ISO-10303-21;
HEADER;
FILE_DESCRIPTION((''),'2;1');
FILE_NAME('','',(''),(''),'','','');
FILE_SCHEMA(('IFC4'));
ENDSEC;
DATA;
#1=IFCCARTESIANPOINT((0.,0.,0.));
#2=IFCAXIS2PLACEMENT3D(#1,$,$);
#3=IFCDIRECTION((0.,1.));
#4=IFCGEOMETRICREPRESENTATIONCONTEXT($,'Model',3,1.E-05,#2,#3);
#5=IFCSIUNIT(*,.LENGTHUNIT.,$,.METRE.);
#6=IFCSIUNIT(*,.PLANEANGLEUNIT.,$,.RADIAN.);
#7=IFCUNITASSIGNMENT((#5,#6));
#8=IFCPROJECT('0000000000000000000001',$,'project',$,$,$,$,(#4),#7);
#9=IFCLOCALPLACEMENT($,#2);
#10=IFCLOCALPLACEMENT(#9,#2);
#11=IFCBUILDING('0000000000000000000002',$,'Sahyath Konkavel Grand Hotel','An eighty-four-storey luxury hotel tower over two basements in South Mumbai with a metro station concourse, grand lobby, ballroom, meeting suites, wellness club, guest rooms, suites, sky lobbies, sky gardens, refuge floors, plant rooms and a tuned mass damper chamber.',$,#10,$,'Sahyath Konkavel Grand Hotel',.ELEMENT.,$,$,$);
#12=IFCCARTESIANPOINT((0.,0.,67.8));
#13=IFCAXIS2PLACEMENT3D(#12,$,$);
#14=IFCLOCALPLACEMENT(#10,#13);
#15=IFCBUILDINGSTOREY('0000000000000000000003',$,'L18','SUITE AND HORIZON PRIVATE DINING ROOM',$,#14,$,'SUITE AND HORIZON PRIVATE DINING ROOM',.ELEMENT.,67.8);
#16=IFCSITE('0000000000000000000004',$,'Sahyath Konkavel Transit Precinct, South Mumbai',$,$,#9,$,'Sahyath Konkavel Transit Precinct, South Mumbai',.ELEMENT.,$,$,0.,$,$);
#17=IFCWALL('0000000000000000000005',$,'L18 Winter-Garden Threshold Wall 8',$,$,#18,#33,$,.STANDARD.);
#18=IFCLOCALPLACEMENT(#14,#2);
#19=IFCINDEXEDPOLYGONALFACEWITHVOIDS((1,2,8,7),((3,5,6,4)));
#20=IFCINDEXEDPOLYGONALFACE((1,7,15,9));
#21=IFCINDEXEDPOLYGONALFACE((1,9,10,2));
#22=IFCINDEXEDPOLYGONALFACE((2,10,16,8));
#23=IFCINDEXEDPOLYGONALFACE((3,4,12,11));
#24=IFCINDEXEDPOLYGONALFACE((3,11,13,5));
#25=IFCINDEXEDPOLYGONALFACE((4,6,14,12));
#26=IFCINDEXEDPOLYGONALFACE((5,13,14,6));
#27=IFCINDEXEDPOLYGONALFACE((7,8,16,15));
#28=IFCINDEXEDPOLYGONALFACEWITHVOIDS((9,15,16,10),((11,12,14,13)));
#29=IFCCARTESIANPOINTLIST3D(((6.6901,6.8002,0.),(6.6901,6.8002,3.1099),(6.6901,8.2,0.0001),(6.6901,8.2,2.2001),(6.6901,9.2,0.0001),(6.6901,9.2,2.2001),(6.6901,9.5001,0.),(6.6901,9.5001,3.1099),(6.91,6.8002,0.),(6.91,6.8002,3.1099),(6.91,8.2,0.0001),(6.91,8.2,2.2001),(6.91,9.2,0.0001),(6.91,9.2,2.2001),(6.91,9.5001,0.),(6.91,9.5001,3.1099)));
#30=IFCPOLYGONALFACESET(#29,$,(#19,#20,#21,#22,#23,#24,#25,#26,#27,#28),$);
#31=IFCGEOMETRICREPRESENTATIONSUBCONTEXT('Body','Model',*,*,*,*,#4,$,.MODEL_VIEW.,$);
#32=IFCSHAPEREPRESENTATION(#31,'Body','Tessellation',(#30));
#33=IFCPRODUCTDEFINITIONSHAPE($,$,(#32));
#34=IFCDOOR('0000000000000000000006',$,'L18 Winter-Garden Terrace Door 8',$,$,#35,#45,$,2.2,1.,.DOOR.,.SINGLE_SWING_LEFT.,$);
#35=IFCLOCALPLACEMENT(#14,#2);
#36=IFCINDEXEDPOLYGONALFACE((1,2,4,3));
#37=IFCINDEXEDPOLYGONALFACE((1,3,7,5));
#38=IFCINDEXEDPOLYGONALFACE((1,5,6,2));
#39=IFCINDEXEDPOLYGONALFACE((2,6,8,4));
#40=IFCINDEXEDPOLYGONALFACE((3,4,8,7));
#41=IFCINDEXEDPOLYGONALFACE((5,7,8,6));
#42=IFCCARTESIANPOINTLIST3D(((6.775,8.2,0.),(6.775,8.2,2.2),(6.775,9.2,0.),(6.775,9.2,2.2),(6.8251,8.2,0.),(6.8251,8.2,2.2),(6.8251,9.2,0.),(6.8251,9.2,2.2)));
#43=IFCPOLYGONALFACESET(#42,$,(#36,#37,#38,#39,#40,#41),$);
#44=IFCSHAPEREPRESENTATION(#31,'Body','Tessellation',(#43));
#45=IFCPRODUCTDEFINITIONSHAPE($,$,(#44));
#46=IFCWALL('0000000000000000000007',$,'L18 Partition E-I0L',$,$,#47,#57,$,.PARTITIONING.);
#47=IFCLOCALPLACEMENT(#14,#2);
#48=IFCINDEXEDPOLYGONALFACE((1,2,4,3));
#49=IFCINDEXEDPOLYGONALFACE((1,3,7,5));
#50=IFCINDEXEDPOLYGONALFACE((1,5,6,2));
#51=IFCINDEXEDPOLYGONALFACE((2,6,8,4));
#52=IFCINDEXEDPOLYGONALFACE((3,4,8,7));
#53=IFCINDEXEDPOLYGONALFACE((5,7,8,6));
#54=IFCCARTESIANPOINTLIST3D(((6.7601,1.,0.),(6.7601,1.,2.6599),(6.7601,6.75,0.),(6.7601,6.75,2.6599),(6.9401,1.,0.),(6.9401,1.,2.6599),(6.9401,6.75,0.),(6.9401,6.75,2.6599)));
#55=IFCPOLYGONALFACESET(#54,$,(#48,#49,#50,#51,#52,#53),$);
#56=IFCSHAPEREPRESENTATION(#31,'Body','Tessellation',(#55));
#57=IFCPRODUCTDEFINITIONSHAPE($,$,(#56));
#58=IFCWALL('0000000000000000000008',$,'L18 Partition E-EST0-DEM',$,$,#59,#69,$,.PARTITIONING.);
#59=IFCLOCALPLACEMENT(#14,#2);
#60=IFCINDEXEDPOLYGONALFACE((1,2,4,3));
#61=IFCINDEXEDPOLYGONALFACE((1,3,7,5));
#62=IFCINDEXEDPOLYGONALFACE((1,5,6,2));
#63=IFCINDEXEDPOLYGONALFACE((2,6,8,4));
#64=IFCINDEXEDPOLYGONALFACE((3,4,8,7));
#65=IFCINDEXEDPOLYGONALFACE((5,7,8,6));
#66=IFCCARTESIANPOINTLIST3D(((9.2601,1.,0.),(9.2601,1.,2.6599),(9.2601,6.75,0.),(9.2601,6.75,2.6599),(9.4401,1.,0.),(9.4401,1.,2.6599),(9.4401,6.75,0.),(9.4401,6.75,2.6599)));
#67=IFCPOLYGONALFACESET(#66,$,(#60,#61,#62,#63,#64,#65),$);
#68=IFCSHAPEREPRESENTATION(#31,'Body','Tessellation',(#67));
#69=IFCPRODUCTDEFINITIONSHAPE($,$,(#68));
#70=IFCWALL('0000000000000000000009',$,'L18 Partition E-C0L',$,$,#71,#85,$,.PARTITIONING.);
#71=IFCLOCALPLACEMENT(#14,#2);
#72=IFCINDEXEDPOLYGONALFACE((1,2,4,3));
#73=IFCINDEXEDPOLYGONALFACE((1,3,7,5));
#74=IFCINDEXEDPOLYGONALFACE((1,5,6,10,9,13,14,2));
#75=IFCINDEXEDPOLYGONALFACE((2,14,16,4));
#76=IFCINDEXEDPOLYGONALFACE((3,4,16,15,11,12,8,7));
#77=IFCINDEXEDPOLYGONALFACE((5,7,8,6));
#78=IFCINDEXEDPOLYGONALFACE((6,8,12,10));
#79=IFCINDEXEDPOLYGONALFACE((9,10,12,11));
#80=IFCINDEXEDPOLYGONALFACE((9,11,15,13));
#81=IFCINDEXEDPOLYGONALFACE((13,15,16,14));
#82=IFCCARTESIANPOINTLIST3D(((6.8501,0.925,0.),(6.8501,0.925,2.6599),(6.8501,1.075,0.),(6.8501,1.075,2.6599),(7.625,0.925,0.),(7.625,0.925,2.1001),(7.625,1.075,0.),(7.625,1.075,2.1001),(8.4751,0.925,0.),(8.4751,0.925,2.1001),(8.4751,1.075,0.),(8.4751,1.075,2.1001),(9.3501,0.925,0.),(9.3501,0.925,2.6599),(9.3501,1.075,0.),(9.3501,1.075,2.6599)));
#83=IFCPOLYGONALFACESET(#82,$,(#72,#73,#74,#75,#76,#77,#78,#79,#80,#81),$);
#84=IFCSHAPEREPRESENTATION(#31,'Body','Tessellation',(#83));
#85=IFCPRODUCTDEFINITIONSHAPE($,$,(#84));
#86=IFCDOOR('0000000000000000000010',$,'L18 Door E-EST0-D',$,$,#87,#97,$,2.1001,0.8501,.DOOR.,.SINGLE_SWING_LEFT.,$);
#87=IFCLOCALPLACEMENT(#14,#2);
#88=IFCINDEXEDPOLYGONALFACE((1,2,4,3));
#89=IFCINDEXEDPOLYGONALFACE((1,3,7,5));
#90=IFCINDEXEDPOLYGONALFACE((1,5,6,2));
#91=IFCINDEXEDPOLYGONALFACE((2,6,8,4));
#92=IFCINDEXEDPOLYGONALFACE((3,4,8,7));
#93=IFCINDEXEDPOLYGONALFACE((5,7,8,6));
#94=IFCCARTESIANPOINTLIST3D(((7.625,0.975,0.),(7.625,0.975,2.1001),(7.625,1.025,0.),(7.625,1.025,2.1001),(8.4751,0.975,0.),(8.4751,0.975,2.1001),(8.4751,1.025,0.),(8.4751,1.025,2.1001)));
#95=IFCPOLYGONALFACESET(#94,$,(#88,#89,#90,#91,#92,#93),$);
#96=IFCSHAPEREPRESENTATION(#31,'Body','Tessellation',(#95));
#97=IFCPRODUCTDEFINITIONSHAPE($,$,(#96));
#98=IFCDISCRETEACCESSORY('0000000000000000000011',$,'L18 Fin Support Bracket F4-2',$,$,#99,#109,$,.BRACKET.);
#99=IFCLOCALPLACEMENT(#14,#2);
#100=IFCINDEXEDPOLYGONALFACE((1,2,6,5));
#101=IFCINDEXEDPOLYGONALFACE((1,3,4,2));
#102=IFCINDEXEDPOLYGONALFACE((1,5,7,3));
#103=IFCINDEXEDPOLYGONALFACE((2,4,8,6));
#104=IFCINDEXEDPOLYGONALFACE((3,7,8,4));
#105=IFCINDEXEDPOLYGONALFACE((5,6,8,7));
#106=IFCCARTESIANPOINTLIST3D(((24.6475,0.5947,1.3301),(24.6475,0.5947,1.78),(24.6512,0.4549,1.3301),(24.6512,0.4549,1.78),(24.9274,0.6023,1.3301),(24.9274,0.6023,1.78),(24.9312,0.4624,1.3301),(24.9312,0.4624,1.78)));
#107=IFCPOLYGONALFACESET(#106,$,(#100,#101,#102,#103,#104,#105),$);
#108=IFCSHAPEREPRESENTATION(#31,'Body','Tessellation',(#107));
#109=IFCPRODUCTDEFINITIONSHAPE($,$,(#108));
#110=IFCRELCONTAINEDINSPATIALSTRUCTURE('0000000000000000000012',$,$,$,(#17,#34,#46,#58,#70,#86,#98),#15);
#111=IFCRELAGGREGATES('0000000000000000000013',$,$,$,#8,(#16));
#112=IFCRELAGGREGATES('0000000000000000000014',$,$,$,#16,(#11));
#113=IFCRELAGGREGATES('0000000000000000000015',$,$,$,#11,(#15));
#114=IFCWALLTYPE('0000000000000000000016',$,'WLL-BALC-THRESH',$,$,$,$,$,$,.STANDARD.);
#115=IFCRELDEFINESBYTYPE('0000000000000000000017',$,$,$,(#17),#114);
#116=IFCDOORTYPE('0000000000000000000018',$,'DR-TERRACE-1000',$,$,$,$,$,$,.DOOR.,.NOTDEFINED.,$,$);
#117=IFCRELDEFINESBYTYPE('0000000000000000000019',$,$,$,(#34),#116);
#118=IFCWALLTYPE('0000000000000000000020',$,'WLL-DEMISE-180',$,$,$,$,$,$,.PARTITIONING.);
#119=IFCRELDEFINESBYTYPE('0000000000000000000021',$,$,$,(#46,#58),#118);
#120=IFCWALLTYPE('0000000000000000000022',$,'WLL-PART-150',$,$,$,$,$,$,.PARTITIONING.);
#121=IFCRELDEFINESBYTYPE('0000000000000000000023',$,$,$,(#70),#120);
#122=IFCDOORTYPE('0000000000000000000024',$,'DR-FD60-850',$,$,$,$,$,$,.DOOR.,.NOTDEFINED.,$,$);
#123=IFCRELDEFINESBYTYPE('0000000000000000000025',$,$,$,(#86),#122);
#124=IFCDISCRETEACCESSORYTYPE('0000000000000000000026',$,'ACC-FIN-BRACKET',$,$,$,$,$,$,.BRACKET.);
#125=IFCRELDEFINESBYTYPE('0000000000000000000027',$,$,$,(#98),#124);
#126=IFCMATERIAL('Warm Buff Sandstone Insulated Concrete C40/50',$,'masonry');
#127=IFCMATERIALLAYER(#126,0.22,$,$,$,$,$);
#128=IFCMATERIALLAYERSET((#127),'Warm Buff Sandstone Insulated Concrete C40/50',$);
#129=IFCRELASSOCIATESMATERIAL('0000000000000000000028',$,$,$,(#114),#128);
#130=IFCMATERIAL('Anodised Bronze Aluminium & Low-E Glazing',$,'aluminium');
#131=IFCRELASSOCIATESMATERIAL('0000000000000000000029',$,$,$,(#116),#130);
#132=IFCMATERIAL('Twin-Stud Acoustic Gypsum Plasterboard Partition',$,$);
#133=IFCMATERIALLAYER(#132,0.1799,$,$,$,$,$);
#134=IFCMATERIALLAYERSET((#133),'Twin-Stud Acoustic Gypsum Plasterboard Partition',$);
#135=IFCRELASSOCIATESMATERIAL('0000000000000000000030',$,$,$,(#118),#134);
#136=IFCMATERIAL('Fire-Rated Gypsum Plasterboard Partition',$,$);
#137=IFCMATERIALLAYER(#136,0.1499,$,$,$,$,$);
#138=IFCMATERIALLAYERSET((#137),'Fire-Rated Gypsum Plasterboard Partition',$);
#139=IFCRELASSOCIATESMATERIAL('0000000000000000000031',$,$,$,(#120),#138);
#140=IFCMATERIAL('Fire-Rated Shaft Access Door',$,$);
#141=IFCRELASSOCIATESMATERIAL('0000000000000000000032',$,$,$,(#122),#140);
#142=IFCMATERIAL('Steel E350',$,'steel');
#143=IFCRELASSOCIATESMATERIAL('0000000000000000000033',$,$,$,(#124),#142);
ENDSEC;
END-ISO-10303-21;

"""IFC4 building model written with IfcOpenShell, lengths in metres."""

from ifc_helpers import new_model, si_unit, direction, frame, frame_2d, origin, origin_2d, place, context, subcontext, project, spatial, rectangle, extrude, source, transform, mapped, material, layer, layer_set, type_object, element, fill, save


model = new_model("IFC4")

# Units and contexts
model_context = context("Model", 3, precision=1e-05, world=origin(), true_north=direction((0.0, 1.0)))
body_context = subcontext(model_context, "Body", "Model", "MODEL_VIEW")
ifc_project = project(units=[si_unit("LENGTHUNIT", "METRE"), si_unit("PLANEANGLEUNIT", "RADIAN")], contexts=[model_context])

# Site, building, storey
site_placement = place(None, origin())
site = spatial("IfcSite", under=ifc_project, at=site_placement, Name="Sahyath Konkavel Transit Precinct, South Mumbai", LongName="Sahyath Konkavel Transit Precinct, South Mumbai", CompositionType="ELEMENT", RefElevation=0.0)
building_placement = place(site_placement, origin())
building = spatial("IfcBuilding", under=site, at=building_placement, Name="Sahyath Konkavel Grand Hotel", Description="An eighty-four-storey luxury hotel tower over two basements in South Mumbai with a metro station concourse, grand lobby, ballroom, meeting suites, wellness club, guest rooms, suites, sky lobbies, sky gardens, refuge floors, plant rooms and a tuned mass damper chamber.", LongName="Sahyath Konkavel Grand Hotel", CompositionType="ELEMENT")
storey_placement = place(building_placement, frame((0.0, 0.0, 67.8)))
storey = spatial("IfcBuildingStorey", under=building, at=storey_placement, Name="L18", Description="SUITE AND HORIZON PRIVATE DINING ROOM", LongName="SUITE AND HORIZON PRIVATE DINING ROOM", CompositionType="ELEMENT", Elevation=67.8)

# Shared definitions
ifc_material_1 = material(Name="Steel E350", Category="steel")

# Shared definitions
ifc_material_2 = material(Name="Anodised Bronze Aluminium & Low-E Glazing", Category="aluminium")

# Shared definitions
ifc_material_3 = material(Name="Warm Buff Sandstone Insulated Concrete C40/50", Category="masonry")
ifc_layer_1 = layer(ifc_material_3, 0.22)
ifc_layer_set_1 = layer_set([ifc_layer_1], Name="Warm Buff Sandstone Insulated Concrete C40/50")
wall_type_1 = type_object("IfcWallType", Name="WLL-BALC-THRESH", PredefinedType="STANDARD", material=ifc_layer_set_1)

# Wall, opening, door
wall_1_placement = place(storey_placement, frame((6.8, 6.8, 0.0), z_axis=(0.0, 0.0, 1.0), x_axis=(0.0, 1.0, 0.0)))
wall_1 = element("IfcWall", 1, at=wall_1_placement, inside=storey, type_object=wall_type_1, Name="L18 Winter-Garden Threshold Wall 8", PredefinedType="STANDARD", context=body_context, shape_type="SweptSolid", body=[
    extrude(rectangle(XDim=2.7, YDim=0.22, at=frame_2d((1.3501, 0.0))), origin(), (0.0, 0.0, 1.0), 3.1099),
])
opening_1_placement = place(wall_1_placement, frame((1.3999, 0.0, 0.0)))
opening_1 = element("IfcOpeningElement", 2, at=opening_1_placement, cuts=wall_1, PredefinedType="OPENING", context=body_context, shape_type="SweptSolid", body=[
    extrude(rectangle(XDim=1.0, YDim=2.2, at=frame_2d((0.5, 1.1001))), frame((0.0, 0.1201, 0.0), z_axis=(0.0, -1.0, 0.0), x_axis=(1.0, 0.0, 0.0)), (0.0, 0.0, 1.0), 0.24),
])
door_type_1 = type_object("IfcDoorType", Name="DR-TERRACE-1000", OperationType="NOTDEFINED", PredefinedType="DOOR", material=ifc_material_2)
shared_shape_1 = source(origin(), body_context, "Body", "SweptSolid", [
    extrude(rectangle(XDim=1.0, YDim=0.05, at=origin_2d()), origin(), (0.0, 0.0, 1.0), 2.2),
])
door_1_placement = place(opening_1_placement, frame((0.5, 0.0, 0.0)))
door_1 = element("IfcDoor", 3, at=door_1_placement, inside=storey, type_object=door_type_1, Name="L18 Winter-Garden Terrace Door 8", OperationType="SINGLE_SWING_LEFT", OverallHeight=2.2, OverallWidth=1.0, PredefinedType="DOOR", context=body_context, shape_type="MappedRepresentation", body=[
    mapped(shared_shape_1, transform((0.0, 0.0, 0.0), scale=1.0)),
])
fill(opening_1, door_1)

# Walls
ifc_material_4 = material(Name="Twin-Stud Acoustic Gypsum Plasterboard Partition")
ifc_layer_2 = layer(ifc_material_4, 0.1799)
ifc_layer_set_2 = layer_set([ifc_layer_2], Name="Twin-Stud Acoustic Gypsum Plasterboard Partition")
wall_type_2 = type_object("IfcWallType", Name="WLL-DEMISE-180", PredefinedType="PARTITIONING", material=ifc_layer_set_2)
for number, where, z_axis, x_axis, name in (
    (4, (6.8501, 1.0, 0.0), (0.0, 0.0, 1.0), (0.0, 1.0, 0.0), "L18 Partition E-I0L"),
    (5, (9.3501, 1.0, 0.0), (0.0, 0.0, 1.0), (0.0, 1.0, 0.0), "L18 Partition E-EST0-DEM"),
):
    element("IfcWall", number, at=place(storey_placement, frame(where, z_axis=z_axis, x_axis=x_axis)), inside=storey, type_object=wall_type_2, Name=name, PredefinedType="PARTITIONING", context=body_context, shape_type="SweptSolid", body=[
        extrude(rectangle(XDim=5.75, YDim=0.1799, at=frame_2d((2.875, 0.0))), origin(), (0.0, 0.0, 1.0), 2.6599),
    ])

# Wall, opening, door
ifc_material_5 = material(Name="Fire-Rated Gypsum Plasterboard Partition")
ifc_layer_3 = layer(ifc_material_5, 0.1499)
ifc_layer_set_3 = layer_set([ifc_layer_3], Name="Fire-Rated Gypsum Plasterboard Partition")
wall_type_3 = type_object("IfcWallType", Name="WLL-PART-150", PredefinedType="PARTITIONING", material=ifc_layer_set_3)
wall_2_placement = place(storey_placement, frame((6.8501, 1.0, 0.0), z_axis=(0.0, 0.0, 1.0), x_axis=(1.0, 0.0, 0.0)))
wall_2 = element("IfcWall", 6, at=wall_2_placement, inside=storey, type_object=wall_type_3, Name="L18 Partition E-C0L", PredefinedType="PARTITIONING", context=body_context, shape_type="SweptSolid", body=[
    extrude(rectangle(XDim=2.5, YDim=0.1499, at=frame_2d((1.25, 0.0))), origin(), (0.0, 0.0, 1.0), 2.6599),
])
opening_2_placement = place(wall_2_placement, frame((0.7749, 0.0, 0.0)))
opening_2 = element("IfcOpeningElement", 7, at=opening_2_placement, cuts=wall_2, PredefinedType="OPENING", context=body_context, shape_type="SweptSolid", body=[
    extrude(rectangle(XDim=0.8501, YDim=2.1001, at=frame_2d((0.425, 1.05))), frame((0.0, 0.085, 0.0), z_axis=(0.0, -1.0, 0.0), x_axis=(1.0, 0.0, 0.0)), (0.0, 0.0, 1.0), 0.1699),
])
ifc_material_6 = material(Name="Fire-Rated Shaft Access Door")
door_type_2 = type_object("IfcDoorType", Name="DR-FD60-850", OperationType="NOTDEFINED", PredefinedType="DOOR", material=ifc_material_6)
shared_shape_2 = source(origin(), body_context, "Body", "SweptSolid", [
    extrude(rectangle(XDim=0.8501, YDim=0.05, at=origin_2d()), origin(), (0.0, 0.0, 1.0), 2.1001),
])
door_2_placement = place(opening_2_placement, frame((0.425, 0.0, 0.0)))
door_2 = element("IfcDoor", 8, at=door_2_placement, inside=storey, type_object=door_type_2, Name="L18 Door E-EST0-D", OperationType="SINGLE_SWING_LEFT", OverallHeight=2.1001, OverallWidth=0.8501, PredefinedType="DOOR", context=body_context, shape_type="MappedRepresentation", body=[
    mapped(shared_shape_2, transform((0.0, 0.0, 0.0), scale=1.0)),
])
fill(opening_2, door_2)

# Discrete accessory
discrete_accessory_type = type_object("IfcDiscreteAccessoryType", Name="ACC-FIN-BRACKET", PredefinedType="BRACKET", material=ifc_material_1)
shared_shape_3 = source(origin(), body_context, "Body", "SweptSolid", [
    extrude(rectangle(XDim=0.28, YDim=0.1399, at=origin_2d()), origin(), (0.0, 0.0, 1.0), 0.45),
])
discrete_accessory_placement = place(storey_placement, frame((24.7893, 0.5286, 1.3301), z_axis=(0.0, 0.0, 1.0), x_axis=(0.999638, 0.02691, 0.0)))
element("IfcDiscreteAccessory", 9, at=discrete_accessory_placement, inside=storey, type_object=discrete_accessory_type, Name="L18 Fin Support Bracket F4-2", PredefinedType="BRACKET", context=body_context, shape_type="MappedRepresentation", body=[
    mapped(shared_shape_3, transform((0.0, 0.0, 0.0), scale=1.0)),
])

save(model, "model.ifc")
